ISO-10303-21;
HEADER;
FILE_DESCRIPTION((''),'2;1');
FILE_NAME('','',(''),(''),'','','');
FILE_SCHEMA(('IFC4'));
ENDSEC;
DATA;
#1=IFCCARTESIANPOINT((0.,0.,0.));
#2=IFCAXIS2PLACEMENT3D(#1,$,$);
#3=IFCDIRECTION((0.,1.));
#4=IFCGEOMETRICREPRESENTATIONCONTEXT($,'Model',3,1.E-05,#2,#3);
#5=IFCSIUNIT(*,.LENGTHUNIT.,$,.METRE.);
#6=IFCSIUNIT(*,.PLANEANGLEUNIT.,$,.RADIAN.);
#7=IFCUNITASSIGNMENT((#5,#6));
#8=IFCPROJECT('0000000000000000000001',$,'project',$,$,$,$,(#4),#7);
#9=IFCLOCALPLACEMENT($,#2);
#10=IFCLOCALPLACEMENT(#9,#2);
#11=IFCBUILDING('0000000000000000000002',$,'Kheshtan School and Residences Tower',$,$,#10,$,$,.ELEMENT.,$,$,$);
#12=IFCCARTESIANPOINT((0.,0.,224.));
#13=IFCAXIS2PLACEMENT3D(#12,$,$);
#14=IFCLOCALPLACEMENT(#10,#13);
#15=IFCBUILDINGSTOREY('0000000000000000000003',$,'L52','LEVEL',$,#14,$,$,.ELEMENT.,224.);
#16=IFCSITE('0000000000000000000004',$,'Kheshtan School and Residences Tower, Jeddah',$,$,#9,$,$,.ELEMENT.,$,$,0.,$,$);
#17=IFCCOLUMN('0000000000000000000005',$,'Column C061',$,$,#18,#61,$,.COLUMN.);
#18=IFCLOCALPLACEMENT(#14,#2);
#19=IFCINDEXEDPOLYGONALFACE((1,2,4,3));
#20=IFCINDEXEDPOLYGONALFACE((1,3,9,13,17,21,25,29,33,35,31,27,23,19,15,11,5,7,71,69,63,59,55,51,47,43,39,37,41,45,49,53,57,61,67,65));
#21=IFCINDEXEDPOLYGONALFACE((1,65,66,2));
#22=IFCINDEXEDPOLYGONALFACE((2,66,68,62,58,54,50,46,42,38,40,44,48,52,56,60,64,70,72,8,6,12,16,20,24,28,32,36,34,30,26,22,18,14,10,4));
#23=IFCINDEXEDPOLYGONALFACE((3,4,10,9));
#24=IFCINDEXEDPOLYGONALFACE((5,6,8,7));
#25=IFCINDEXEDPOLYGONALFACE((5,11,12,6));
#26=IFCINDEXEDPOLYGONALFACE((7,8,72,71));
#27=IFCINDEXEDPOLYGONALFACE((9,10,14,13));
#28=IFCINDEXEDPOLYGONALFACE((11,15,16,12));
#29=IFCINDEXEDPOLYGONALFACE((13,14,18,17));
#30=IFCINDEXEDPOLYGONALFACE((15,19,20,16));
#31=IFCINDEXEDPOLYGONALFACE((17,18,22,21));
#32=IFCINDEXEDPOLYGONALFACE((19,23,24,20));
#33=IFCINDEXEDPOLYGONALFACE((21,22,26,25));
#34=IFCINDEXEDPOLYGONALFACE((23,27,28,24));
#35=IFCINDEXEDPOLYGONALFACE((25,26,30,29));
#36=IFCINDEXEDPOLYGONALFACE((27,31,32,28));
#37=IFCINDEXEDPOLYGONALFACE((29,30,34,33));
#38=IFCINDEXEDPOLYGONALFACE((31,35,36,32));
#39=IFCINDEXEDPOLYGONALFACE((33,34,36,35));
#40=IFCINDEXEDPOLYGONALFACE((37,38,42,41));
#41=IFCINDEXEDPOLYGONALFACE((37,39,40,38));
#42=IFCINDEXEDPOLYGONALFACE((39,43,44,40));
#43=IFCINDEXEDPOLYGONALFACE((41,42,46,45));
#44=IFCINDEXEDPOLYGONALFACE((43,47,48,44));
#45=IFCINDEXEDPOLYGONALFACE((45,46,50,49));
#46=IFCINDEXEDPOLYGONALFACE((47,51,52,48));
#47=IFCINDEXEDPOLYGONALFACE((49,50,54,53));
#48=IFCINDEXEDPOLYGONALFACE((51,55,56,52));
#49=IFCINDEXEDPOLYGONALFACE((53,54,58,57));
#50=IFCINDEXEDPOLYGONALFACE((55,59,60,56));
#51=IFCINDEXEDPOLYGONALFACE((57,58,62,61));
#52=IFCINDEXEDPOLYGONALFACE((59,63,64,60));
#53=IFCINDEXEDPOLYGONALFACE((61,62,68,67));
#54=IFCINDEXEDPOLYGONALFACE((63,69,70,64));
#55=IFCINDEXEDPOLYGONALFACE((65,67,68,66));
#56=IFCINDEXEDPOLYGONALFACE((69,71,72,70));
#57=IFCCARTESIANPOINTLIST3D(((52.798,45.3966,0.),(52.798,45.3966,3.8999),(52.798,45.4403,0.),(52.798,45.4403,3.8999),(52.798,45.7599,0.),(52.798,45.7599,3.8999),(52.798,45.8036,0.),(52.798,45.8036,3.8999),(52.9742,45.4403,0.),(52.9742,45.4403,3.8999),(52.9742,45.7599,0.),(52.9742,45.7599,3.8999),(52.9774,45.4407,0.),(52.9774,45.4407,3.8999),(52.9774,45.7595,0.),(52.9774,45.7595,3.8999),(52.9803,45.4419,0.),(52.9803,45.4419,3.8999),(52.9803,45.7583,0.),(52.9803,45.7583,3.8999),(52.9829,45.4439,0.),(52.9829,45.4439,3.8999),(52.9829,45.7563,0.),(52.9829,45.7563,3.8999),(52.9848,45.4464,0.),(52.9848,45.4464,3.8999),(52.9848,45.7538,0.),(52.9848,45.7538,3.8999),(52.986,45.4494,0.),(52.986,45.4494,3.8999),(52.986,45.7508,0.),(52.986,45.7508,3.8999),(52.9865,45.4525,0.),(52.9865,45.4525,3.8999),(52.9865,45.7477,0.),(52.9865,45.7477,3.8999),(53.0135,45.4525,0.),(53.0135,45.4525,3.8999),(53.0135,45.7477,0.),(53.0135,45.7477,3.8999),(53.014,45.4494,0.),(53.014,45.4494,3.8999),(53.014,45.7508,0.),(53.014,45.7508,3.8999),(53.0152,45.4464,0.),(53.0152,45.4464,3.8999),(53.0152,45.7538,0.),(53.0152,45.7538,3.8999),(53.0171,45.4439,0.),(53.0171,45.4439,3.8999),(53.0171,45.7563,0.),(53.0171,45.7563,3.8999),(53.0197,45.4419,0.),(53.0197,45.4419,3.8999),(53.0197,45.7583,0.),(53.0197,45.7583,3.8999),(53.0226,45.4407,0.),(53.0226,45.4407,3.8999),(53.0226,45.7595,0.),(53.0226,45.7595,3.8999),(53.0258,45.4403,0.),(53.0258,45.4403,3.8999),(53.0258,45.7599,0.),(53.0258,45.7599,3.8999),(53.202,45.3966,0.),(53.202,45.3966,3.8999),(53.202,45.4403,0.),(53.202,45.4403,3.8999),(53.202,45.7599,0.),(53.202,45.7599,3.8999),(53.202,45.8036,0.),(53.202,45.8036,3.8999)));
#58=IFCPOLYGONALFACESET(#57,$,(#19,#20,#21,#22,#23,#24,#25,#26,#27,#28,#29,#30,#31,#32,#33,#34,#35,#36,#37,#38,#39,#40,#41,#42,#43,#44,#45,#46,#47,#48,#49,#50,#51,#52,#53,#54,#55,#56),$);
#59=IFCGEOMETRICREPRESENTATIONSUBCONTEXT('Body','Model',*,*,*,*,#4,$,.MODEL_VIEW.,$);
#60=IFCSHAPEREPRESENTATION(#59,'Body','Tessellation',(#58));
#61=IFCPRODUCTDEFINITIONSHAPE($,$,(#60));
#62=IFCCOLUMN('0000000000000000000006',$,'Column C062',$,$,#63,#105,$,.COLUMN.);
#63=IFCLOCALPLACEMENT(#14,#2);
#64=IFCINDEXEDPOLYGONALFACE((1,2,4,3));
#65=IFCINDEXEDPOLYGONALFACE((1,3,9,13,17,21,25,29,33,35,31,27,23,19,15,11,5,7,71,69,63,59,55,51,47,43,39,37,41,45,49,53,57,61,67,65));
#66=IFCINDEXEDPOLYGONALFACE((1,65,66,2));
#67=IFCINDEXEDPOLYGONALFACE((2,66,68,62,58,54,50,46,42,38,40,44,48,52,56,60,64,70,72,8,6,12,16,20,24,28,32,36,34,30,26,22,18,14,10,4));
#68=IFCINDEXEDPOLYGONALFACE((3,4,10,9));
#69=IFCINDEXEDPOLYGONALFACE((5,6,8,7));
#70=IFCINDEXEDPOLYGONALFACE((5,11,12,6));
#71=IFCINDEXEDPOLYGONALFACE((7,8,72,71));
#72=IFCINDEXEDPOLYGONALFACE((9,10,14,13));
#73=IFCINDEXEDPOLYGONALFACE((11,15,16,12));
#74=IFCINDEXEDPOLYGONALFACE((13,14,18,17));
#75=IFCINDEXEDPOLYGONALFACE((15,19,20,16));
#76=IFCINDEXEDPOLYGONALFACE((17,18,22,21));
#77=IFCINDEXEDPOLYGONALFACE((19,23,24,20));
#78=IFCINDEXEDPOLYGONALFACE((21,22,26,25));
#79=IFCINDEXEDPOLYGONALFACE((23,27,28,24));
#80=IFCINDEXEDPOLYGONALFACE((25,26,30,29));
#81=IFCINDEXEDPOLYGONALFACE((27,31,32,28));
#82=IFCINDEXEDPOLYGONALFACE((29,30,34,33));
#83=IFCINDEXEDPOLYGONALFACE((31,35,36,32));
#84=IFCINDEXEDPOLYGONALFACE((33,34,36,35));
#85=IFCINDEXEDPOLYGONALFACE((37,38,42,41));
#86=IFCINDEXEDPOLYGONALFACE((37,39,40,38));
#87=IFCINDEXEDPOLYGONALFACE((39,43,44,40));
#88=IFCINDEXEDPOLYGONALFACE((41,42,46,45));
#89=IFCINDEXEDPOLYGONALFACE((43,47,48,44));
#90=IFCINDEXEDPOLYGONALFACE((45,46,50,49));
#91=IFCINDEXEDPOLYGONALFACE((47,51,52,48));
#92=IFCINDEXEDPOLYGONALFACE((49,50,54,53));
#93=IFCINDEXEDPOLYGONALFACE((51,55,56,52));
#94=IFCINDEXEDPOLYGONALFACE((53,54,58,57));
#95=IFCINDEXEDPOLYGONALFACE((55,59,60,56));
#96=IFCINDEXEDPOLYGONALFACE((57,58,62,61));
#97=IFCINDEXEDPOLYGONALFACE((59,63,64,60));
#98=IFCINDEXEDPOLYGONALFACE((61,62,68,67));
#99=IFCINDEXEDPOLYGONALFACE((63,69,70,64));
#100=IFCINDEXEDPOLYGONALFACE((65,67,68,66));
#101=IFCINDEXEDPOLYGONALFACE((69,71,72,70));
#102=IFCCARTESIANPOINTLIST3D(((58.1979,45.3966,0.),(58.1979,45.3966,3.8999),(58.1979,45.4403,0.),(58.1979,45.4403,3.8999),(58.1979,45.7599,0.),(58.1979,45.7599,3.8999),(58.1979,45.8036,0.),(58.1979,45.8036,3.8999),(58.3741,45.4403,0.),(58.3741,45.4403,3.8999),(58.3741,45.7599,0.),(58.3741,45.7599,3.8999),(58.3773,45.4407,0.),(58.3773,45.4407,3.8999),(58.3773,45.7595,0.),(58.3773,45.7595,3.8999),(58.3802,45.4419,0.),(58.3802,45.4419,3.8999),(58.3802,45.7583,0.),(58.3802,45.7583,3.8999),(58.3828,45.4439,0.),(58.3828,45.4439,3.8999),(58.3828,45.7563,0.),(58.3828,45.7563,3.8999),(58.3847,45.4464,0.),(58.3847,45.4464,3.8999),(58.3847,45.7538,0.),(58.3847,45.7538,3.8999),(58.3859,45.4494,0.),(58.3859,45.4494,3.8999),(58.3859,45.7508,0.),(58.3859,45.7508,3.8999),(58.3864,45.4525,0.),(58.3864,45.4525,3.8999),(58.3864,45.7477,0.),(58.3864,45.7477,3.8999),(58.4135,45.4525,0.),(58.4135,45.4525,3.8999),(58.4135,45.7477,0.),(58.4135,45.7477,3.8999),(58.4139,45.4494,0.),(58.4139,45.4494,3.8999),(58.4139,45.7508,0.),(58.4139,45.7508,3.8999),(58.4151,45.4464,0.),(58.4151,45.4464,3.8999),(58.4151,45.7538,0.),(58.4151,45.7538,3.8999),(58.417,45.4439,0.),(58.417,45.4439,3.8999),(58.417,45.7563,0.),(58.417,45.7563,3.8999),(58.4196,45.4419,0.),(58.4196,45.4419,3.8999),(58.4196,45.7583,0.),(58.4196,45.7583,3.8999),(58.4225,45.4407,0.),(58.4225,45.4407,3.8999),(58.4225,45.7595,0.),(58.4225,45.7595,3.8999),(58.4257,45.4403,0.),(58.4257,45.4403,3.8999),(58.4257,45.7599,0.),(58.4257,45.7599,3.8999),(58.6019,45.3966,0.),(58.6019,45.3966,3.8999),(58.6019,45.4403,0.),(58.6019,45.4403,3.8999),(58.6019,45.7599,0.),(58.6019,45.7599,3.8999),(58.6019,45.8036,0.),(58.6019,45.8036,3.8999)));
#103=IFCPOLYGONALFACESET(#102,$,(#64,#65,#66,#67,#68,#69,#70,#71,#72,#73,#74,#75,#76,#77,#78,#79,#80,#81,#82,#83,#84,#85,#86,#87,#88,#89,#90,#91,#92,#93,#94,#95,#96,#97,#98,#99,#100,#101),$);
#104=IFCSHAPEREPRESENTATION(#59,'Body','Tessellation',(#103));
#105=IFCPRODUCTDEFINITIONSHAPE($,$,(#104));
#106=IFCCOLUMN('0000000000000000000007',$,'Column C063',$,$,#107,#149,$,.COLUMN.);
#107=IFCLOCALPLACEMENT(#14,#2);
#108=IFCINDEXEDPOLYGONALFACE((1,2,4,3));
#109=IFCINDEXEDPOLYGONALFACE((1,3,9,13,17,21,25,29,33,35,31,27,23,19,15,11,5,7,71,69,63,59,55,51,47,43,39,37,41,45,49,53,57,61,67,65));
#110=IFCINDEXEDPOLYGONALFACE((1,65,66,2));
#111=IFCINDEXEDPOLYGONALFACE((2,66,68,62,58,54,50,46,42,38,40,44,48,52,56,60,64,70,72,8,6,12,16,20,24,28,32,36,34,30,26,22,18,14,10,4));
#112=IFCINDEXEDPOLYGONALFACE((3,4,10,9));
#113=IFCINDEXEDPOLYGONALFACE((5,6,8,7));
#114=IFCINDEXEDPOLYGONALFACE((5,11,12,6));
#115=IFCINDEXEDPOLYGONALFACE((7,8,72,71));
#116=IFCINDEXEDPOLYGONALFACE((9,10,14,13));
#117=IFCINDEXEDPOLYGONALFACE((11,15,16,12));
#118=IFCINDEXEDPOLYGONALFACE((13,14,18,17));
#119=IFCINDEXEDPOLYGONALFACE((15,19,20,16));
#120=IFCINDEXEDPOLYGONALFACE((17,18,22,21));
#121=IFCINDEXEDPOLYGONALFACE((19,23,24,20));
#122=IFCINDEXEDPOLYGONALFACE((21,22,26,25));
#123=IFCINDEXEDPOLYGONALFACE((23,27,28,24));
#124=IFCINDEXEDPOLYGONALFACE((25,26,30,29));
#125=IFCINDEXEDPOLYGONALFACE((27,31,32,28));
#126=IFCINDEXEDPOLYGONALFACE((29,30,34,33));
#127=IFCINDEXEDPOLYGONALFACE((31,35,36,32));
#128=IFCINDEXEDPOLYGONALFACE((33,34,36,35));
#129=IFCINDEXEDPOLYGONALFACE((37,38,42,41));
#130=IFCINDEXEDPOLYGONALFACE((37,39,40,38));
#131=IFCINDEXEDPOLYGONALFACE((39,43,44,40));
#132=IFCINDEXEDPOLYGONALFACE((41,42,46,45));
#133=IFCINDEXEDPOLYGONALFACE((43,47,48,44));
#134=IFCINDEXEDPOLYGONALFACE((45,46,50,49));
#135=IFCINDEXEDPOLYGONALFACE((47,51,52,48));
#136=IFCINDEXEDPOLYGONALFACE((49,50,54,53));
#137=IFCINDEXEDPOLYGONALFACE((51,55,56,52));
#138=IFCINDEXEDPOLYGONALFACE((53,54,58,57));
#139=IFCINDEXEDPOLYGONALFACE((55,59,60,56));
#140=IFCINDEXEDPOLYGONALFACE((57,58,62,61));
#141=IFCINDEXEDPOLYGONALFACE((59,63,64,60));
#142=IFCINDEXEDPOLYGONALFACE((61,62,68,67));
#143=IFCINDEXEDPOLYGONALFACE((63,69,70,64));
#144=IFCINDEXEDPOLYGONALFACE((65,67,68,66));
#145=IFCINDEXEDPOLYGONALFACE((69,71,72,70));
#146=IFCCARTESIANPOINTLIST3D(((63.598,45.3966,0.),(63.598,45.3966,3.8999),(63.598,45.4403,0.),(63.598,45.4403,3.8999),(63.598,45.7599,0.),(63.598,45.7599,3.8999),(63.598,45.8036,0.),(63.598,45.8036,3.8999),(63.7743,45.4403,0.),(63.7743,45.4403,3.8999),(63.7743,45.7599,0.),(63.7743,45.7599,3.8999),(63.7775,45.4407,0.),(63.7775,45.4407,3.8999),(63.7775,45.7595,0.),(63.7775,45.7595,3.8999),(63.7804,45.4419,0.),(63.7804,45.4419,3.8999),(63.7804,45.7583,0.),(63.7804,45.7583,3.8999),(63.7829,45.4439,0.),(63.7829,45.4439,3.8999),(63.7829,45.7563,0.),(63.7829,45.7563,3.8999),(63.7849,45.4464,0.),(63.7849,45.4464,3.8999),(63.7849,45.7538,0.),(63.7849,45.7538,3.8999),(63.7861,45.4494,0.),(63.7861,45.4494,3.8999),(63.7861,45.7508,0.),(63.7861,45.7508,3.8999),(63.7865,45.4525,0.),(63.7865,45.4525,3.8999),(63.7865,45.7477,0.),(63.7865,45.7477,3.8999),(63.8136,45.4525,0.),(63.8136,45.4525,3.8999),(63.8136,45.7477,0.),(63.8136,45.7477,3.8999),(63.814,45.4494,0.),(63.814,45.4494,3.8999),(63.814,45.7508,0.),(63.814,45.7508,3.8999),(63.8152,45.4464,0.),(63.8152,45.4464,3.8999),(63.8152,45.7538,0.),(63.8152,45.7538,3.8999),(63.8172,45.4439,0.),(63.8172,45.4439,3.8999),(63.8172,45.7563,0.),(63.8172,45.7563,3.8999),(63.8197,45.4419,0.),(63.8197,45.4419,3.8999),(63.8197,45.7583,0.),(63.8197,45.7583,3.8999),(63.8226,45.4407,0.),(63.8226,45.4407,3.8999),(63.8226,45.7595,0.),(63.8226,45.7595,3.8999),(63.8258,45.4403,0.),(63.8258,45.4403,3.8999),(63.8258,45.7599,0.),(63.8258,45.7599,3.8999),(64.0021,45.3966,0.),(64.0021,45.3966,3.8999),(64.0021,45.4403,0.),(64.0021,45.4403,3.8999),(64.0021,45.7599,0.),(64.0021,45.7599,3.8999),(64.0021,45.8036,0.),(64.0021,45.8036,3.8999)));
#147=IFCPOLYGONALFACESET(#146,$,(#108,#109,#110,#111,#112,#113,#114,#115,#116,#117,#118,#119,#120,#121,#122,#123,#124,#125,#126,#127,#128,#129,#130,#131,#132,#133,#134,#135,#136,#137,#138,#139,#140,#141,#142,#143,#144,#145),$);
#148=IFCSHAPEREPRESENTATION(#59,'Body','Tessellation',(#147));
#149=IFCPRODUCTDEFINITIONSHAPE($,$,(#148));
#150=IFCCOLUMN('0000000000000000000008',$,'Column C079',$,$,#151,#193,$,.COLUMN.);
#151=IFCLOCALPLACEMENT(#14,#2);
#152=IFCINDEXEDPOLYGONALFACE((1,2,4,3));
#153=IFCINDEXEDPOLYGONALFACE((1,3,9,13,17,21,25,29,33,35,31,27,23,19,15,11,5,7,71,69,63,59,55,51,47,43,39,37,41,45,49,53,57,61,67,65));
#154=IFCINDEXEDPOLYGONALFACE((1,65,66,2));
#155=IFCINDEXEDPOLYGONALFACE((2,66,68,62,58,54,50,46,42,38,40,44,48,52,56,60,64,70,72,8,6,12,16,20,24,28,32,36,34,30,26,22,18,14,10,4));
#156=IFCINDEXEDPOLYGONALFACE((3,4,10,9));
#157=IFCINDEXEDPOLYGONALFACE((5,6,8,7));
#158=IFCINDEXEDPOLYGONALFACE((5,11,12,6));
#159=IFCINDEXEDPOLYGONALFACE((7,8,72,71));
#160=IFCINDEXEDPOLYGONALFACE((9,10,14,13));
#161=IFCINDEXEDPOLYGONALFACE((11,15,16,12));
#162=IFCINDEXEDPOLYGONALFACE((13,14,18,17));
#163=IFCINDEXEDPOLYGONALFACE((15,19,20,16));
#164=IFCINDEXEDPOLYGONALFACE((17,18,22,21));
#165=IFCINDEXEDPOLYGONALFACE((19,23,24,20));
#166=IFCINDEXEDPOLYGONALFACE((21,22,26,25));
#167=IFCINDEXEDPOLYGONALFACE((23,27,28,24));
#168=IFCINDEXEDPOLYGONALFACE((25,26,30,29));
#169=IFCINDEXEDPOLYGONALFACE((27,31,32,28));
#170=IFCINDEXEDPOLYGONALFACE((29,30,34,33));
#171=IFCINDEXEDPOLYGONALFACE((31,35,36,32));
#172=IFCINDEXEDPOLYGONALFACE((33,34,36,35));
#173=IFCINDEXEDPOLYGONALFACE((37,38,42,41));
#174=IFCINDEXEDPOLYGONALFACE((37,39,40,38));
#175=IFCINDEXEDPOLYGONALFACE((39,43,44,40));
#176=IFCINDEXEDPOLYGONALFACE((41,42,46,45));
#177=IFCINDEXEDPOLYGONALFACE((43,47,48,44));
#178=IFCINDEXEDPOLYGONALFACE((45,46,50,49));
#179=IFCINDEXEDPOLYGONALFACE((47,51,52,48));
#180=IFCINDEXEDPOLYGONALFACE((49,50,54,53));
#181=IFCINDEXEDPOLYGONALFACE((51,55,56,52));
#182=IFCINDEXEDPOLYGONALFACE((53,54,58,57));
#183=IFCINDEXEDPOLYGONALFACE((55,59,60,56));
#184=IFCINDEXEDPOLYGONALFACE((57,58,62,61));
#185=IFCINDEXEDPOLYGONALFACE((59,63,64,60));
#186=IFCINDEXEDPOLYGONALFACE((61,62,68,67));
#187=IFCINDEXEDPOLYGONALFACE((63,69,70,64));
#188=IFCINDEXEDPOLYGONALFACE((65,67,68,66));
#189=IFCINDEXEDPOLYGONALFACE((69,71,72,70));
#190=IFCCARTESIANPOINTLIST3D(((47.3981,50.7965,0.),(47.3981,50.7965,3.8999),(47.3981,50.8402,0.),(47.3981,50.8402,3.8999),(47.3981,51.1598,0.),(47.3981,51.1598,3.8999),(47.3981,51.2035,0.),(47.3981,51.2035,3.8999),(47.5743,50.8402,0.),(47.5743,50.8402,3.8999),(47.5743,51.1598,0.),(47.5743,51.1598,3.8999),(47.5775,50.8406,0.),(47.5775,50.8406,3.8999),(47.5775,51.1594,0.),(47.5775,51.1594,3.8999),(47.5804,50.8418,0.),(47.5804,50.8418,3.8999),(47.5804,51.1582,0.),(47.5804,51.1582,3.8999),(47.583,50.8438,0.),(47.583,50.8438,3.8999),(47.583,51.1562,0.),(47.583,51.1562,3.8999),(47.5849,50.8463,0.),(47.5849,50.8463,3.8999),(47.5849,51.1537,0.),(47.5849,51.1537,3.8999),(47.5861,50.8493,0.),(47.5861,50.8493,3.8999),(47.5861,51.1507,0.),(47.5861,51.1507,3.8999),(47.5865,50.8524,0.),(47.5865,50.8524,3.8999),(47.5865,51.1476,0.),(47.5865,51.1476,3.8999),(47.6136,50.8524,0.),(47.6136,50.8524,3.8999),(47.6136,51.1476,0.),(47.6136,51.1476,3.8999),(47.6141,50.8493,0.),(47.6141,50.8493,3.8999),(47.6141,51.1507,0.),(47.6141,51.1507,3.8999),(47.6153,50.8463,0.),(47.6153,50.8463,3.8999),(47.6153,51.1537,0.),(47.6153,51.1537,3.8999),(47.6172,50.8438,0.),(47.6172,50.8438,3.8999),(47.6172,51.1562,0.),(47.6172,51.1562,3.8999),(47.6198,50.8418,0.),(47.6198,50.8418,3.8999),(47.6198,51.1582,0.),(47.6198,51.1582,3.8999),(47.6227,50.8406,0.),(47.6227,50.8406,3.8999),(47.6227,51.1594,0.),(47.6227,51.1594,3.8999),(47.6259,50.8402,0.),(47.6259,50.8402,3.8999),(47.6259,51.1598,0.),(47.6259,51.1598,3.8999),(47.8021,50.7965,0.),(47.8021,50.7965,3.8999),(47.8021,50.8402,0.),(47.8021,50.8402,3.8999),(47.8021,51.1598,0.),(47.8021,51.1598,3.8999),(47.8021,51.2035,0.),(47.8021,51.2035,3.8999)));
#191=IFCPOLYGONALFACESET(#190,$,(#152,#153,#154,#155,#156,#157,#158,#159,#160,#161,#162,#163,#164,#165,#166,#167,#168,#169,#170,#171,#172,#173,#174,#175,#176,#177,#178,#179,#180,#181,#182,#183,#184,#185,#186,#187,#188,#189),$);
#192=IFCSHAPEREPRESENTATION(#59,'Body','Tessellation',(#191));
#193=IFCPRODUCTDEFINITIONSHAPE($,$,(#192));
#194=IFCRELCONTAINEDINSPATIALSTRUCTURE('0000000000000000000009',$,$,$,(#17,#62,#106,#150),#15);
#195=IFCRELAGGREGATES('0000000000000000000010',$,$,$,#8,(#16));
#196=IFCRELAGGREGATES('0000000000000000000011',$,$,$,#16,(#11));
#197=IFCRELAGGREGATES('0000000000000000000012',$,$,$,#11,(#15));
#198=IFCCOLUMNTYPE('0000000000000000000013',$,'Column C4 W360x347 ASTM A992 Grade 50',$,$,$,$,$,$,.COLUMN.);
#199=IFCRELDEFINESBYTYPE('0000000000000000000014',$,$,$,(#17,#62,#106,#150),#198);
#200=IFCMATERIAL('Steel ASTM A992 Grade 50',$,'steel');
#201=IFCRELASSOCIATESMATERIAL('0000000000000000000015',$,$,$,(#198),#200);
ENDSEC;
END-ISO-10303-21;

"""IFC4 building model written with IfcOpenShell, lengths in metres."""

from ifc_helpers import new_model, si_unit, direction, frame, origin, origin_2d, place, context, subcontext, project, spatial, i_section, extrude, material, material_profile, profile_set, type_object, element, save


model = new_model("IFC4")

# Units and contexts
model_context = context("Model", 3, precision=1e-05, world=origin(), true_north=direction((0.0, 1.0)))
body_context = subcontext(model_context, "Body", "Model", "MODEL_VIEW")
ifc_project = project(units=[si_unit("LENGTHUNIT", "METRE"), si_unit("PLANEANGLEUNIT", "RADIAN")], contexts=[model_context])

# Site, building, storey
site_placement = place(None, origin())
site = spatial("IfcSite", under=ifc_project, at=site_placement, Name="Kheshtan School and Residences Tower, Jeddah", CompositionType="ELEMENT", RefElevation=0.0)
building_placement = place(site_placement, origin())
building = spatial("IfcBuilding", under=site, at=building_placement, Name="Kheshtan School and Residences Tower", CompositionType="ELEMENT")
storey_placement = place(building_placement, frame((0.0, 0.0, 224.0)))
storey = spatial("IfcBuildingStorey", under=building, at=storey_placement, Name="L52", Description="LEVEL", CompositionType="ELEMENT", Elevation=224.0)

# Columns
ifc_material_1 = material(Name="Steel ASTM A992 Grade 50", Category="steel")
ifc_material_profile_1 = material_profile(ifc_material_1, i_section(OverallWidth=0.4041, OverallDepth=0.407, WebThickness=0.0271, FlangeThickness=0.0437, FilletRadius=0.0122, at=origin_2d()), Name="W360x347")
ifc_profile_set_1 = profile_set([ifc_material_profile_1], Name="Steel ASTM A992 Grade 50")
column_type_1 = type_object("IfcColumnType", Name="Column C4 W360x347 ASTM A992 Grade 50", PredefinedType="COLUMN", material=ifc_profile_set_1)
for number, where, z_axis, x_axis, name in (
    (1, (53.0, 45.6001, 0.0), (0.0, 0.0, 1.0), (1.0, 0.0, 0.0), "Column C061"),
    (2, (58.3999, 45.6001, 0.0), (0.0, 0.0, 1.0), (1.0, 0.0, 0.0), "Column C062"),
    (3, (63.8, 45.6001, 0.0), (0.0, 0.0, 1.0), (1.0, 0.0, 0.0), "Column C063"),
    (4, (47.6001, 51.0, 0.0), (0.0, 0.0, 1.0), (1.0, 0.0, 0.0), "Column C079"),
):
    element("IfcColumn", number, at=place(storey_placement, frame(where, z_axis=z_axis, x_axis=x_axis)), inside=storey, type_object=column_type_1, Name=name, PredefinedType="COLUMN", context=body_context, shape_type="SweptSolid", body=[
        extrude(i_section(OverallWidth=0.4041, OverallDepth=0.407, WebThickness=0.0271, FlangeThickness=0.0437, FilletRadius=0.0122, at=origin_2d()), origin(), (0.0, 0.0, 1.0), 3.8999),
    ])

save(model, "model.ifc")
